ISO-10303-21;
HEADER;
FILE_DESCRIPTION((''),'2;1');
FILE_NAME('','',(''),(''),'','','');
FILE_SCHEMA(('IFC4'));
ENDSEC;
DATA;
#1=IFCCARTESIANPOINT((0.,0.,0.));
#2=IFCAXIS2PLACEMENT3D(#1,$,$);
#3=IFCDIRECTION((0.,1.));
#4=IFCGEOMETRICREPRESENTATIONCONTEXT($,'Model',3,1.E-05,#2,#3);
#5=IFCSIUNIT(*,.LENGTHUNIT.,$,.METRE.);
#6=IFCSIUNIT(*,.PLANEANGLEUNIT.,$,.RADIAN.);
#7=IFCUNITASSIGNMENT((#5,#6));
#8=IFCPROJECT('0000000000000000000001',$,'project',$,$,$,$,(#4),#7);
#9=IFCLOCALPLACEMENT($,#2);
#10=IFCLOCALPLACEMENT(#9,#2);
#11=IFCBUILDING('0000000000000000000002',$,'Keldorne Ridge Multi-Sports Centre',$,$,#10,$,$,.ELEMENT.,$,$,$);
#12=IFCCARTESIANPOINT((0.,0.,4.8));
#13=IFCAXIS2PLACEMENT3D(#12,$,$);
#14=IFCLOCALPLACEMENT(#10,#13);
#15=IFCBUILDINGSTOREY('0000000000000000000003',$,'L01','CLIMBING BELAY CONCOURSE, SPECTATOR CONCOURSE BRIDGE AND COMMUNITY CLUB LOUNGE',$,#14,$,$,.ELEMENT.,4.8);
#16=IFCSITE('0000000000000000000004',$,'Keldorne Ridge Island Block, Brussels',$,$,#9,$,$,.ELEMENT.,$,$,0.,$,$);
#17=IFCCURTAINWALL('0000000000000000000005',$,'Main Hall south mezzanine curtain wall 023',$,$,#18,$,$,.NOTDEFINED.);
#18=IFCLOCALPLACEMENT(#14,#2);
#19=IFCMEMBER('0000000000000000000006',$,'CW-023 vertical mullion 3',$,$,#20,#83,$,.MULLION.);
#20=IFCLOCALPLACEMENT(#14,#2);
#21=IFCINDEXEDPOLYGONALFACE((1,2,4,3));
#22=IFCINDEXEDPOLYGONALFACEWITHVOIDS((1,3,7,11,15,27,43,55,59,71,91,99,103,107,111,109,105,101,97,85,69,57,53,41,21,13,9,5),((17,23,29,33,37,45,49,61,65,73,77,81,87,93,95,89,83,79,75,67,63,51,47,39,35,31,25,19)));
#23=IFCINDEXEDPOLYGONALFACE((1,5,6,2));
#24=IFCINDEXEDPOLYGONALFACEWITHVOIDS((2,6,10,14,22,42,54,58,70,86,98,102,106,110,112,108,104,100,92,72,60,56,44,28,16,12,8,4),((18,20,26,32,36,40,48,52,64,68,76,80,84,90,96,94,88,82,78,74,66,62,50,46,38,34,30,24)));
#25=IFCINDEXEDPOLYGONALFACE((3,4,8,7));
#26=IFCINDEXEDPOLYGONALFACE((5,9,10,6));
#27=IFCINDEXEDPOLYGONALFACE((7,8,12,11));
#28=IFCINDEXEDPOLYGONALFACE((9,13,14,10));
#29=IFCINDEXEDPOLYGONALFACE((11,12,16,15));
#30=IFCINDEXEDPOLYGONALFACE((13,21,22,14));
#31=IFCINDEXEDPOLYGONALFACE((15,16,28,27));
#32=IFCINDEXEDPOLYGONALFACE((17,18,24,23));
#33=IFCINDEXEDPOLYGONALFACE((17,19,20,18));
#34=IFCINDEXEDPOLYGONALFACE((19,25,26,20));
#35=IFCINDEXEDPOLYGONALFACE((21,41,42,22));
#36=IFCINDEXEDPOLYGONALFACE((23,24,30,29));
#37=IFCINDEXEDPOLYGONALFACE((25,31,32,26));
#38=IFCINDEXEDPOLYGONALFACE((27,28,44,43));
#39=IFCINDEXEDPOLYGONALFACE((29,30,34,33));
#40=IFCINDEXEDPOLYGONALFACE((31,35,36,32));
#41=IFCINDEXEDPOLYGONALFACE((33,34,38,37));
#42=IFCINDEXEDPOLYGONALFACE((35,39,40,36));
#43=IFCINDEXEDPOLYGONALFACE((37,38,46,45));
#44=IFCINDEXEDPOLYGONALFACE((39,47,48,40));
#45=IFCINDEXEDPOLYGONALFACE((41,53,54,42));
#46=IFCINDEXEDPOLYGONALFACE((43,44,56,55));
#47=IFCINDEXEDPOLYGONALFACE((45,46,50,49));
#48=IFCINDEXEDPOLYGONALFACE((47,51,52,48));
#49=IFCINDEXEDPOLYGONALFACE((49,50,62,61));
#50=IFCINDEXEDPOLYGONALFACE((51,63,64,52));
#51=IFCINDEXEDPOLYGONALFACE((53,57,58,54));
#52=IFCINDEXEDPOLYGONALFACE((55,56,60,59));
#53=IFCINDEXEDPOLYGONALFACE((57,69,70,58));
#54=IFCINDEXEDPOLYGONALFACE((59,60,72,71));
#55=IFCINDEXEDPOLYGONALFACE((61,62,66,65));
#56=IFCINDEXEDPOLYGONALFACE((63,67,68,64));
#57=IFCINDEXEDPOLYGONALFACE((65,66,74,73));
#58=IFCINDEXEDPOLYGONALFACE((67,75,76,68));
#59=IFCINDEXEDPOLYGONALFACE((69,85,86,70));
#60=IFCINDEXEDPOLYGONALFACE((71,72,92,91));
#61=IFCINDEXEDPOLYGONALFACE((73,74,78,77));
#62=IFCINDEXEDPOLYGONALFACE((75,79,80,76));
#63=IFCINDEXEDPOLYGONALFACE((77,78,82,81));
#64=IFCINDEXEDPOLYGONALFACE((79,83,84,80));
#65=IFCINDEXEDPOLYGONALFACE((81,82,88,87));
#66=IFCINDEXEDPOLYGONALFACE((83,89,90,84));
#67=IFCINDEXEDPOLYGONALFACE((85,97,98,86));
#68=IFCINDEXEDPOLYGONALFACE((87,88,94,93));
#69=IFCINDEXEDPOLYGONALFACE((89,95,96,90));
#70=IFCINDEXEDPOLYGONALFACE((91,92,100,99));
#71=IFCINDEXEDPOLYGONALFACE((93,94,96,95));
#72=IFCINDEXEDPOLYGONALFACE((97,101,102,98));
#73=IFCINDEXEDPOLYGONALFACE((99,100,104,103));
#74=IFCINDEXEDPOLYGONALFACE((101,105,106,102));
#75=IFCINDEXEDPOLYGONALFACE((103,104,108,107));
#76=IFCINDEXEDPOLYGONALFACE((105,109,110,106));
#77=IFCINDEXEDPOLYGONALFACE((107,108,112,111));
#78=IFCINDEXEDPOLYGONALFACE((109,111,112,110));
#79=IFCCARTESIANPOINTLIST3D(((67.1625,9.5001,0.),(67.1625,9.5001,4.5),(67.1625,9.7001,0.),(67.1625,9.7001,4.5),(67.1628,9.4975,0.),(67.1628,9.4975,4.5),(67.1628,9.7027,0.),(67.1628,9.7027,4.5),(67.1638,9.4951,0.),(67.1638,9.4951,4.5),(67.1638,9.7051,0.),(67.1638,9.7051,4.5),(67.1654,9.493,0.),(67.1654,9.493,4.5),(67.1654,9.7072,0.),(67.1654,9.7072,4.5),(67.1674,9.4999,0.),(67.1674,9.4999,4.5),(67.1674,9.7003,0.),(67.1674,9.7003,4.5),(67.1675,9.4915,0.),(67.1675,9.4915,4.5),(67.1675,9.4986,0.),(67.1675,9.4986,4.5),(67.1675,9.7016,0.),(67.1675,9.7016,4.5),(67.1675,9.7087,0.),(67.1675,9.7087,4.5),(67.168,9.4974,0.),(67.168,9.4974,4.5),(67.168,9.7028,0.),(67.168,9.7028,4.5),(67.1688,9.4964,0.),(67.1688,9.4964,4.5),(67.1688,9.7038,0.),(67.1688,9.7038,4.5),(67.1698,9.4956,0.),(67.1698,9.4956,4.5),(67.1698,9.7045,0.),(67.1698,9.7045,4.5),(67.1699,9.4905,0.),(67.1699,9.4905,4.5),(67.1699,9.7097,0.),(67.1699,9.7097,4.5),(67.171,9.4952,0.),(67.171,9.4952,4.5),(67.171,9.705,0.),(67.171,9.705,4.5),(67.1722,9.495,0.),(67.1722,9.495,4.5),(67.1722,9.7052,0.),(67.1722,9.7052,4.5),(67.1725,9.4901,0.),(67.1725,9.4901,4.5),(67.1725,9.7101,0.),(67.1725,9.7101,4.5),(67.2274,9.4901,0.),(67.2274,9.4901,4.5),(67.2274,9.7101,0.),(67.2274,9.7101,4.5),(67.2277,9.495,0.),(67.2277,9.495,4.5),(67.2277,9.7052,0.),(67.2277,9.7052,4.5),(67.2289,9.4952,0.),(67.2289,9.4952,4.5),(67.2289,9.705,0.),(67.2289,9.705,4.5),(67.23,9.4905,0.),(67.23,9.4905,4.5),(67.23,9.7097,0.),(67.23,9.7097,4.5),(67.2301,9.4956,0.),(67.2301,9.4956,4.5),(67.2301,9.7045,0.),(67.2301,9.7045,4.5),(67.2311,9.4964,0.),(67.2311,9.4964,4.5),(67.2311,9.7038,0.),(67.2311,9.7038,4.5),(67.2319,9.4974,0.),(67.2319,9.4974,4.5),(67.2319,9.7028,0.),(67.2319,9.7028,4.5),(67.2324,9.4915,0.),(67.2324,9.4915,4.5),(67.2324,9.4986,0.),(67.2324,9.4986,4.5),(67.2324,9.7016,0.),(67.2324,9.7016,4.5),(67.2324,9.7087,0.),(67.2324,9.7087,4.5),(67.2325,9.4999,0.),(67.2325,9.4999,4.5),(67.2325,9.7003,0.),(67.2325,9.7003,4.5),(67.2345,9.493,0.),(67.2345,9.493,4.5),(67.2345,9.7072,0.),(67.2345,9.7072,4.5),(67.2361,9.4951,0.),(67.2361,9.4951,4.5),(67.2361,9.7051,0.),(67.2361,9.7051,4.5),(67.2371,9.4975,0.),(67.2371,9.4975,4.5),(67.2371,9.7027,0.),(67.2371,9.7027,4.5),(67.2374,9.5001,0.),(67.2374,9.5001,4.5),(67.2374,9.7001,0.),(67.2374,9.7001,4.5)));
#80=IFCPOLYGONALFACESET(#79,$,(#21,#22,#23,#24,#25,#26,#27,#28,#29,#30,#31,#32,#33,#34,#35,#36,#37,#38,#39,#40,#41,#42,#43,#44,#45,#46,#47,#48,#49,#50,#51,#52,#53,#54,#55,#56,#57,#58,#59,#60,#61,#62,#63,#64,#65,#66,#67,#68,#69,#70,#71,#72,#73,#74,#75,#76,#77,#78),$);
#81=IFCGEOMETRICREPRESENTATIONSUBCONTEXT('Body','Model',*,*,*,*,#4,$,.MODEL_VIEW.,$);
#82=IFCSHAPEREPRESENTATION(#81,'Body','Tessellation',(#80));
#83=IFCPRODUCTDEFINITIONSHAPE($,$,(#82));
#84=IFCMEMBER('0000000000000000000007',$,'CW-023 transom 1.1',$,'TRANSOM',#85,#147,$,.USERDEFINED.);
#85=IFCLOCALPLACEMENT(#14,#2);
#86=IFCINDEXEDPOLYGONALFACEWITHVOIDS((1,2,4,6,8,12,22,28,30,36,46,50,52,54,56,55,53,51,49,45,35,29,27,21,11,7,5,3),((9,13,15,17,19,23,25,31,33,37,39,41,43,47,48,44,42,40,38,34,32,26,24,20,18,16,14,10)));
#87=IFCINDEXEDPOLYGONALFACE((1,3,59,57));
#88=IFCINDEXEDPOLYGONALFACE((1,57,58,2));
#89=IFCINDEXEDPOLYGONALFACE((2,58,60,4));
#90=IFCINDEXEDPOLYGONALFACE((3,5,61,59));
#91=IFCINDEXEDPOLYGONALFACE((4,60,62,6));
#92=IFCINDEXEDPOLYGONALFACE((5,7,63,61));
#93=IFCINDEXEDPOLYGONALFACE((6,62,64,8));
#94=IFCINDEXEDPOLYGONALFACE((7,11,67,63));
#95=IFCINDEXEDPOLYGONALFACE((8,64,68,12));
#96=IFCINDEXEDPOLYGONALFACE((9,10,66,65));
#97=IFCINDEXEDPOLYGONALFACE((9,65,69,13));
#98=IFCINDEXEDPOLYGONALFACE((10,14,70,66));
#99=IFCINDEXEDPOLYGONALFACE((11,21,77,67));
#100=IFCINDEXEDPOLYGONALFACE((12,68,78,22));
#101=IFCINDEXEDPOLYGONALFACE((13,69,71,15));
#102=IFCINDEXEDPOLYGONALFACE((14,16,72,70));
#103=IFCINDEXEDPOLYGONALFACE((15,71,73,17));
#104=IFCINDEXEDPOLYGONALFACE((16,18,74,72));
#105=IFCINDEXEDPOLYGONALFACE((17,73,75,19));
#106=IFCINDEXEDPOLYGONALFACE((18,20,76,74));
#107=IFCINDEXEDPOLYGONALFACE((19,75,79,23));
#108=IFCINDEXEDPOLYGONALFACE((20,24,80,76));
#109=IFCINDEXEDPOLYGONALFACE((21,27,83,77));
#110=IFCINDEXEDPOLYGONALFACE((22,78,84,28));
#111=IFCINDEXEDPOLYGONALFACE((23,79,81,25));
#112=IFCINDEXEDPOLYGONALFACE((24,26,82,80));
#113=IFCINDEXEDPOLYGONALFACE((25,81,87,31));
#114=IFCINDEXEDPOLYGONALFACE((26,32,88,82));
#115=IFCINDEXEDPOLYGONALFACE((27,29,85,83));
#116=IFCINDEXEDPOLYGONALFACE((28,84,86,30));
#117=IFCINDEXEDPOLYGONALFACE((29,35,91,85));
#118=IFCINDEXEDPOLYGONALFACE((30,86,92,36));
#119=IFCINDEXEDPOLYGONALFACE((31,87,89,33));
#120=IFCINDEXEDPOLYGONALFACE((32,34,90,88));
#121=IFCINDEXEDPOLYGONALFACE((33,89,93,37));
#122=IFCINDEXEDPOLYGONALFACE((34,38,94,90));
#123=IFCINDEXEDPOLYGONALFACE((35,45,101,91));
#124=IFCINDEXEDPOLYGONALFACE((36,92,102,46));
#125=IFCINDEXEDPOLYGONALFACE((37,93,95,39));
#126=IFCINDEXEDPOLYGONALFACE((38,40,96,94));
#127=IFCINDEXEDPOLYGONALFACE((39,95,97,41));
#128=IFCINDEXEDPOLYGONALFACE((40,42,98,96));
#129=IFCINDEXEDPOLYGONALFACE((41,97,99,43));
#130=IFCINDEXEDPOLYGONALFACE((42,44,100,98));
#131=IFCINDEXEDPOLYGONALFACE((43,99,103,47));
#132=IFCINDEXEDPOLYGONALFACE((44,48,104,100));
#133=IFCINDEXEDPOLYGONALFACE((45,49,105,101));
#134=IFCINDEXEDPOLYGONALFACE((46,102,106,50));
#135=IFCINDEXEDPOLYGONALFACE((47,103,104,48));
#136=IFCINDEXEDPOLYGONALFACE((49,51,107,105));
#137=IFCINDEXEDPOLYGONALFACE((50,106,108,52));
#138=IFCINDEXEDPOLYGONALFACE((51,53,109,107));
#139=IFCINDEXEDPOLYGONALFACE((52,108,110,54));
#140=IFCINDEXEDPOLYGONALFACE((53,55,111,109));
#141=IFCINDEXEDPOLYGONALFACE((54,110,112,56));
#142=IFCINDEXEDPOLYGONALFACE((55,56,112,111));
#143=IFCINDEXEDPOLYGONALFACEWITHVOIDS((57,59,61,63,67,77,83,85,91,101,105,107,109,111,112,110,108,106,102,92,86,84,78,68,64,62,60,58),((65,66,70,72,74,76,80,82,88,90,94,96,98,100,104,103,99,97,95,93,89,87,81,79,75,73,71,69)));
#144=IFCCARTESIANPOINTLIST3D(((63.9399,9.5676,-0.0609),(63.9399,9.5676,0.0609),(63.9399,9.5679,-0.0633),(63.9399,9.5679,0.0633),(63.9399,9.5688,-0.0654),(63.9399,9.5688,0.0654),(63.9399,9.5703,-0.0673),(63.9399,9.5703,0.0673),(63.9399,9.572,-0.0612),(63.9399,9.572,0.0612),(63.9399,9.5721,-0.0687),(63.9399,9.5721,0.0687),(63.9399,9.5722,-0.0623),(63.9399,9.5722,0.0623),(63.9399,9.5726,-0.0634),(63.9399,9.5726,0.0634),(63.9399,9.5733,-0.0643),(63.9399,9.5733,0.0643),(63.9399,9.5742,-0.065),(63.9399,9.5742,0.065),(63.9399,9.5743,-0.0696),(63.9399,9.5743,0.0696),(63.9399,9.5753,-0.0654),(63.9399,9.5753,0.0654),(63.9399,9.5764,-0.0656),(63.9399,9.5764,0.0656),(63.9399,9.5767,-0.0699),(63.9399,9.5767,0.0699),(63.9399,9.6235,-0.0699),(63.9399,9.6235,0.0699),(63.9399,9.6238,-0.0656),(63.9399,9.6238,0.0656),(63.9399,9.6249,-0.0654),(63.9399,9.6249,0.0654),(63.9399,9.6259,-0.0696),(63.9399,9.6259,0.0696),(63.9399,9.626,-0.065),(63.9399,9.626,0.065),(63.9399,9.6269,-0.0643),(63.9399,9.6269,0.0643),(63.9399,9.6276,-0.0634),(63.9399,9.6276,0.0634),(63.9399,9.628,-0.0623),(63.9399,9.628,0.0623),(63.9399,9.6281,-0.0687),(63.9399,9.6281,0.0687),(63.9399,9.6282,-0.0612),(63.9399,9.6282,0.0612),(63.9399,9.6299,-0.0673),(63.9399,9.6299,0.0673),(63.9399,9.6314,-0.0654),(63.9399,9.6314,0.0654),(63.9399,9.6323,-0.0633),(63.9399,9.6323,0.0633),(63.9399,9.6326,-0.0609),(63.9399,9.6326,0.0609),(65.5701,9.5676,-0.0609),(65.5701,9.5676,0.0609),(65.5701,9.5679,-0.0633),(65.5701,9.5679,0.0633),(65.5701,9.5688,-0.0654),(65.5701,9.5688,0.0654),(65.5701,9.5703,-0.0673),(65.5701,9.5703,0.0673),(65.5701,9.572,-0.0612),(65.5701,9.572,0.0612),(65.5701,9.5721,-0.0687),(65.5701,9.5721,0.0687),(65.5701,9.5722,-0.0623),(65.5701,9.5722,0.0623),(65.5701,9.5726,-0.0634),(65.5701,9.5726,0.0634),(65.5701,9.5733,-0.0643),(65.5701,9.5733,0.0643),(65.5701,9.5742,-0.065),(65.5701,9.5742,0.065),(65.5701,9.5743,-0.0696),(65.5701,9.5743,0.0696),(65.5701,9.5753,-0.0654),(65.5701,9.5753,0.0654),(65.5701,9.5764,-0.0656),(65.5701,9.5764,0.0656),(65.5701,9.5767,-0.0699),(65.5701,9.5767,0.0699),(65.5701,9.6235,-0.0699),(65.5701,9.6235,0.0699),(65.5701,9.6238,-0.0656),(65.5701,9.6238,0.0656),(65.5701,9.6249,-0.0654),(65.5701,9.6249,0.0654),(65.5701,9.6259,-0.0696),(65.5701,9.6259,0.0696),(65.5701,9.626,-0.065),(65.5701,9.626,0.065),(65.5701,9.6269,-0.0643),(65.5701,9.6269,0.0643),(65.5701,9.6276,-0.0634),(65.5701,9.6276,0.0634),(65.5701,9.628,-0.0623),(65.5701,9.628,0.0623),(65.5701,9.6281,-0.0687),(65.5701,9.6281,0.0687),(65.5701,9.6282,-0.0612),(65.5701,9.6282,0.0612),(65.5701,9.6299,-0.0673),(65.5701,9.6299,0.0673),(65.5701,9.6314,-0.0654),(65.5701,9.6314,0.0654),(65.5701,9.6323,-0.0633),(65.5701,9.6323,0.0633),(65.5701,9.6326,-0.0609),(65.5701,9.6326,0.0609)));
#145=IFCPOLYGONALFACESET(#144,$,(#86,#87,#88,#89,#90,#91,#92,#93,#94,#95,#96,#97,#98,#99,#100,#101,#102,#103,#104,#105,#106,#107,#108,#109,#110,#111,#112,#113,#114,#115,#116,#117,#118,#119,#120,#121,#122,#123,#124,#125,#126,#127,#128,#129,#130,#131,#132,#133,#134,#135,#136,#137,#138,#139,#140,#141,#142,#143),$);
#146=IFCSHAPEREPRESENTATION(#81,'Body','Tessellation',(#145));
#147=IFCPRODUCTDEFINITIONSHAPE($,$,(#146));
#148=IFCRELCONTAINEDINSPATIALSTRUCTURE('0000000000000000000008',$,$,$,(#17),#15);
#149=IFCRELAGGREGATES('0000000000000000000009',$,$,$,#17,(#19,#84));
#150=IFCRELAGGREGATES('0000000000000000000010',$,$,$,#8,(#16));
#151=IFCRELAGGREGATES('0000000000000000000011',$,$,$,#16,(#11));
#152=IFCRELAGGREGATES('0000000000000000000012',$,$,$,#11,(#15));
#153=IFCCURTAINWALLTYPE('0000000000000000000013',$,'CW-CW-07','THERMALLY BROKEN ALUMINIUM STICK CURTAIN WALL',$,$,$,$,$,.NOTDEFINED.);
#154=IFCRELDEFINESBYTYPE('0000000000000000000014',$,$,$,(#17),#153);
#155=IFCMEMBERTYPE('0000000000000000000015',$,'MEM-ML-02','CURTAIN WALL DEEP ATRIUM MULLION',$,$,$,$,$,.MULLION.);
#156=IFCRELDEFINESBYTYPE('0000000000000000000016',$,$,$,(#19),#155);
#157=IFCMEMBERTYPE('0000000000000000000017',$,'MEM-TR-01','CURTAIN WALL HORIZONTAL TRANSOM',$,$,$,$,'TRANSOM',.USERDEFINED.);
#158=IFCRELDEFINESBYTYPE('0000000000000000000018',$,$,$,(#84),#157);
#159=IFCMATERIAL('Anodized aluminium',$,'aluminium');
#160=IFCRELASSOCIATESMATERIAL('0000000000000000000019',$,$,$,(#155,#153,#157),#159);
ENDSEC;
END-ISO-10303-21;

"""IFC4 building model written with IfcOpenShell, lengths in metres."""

from ifc_helpers import new_model, si_unit, direction, frame, origin, origin_2d, place, context, subcontext, project, spatial, hollow_rectangle, extrude, material, material_profile, profile_set, type_object, element, aggregate, save


model = new_model("IFC4")

# Units and contexts
model_context = context("Model", 3, precision=1e-05, world=origin(), true_north=direction((0.0, 1.0)))
body_context = subcontext(model_context, "Body", "Model", "MODEL_VIEW")
ifc_project = project(units=[si_unit("LENGTHUNIT", "METRE"), si_unit("PLANEANGLEUNIT", "RADIAN")], contexts=[model_context])

# Site, building, storey
site_placement = place(None, origin())
site = spatial("IfcSite", under=ifc_project, at=site_placement, Name="Keldorne Ridge Island Block, Brussels", CompositionType="ELEMENT", RefElevation=0.0)
building_placement = place(site_placement, origin())
building = spatial("IfcBuilding", under=site, at=building_placement, Name="Keldorne Ridge Multi-Sports Centre", CompositionType="ELEMENT")
storey_placement = place(building_placement, frame((0.0, 0.0, 4.8)))
storey = spatial("IfcBuildingStorey", under=building, at=storey_placement, Name="L01", Description="CLIMBING BELAY CONCOURSE, SPECTATOR CONCOURSE BRIDGE AND COMMUNITY CLUB LOUNGE", CompositionType="ELEMENT", Elevation=4.8)

# Shared definitions
ifc_material_1 = material(Name="Anodized aluminium", Category="aluminium")
ifc_material_profile_1 = material_profile(ifc_material_1, hollow_rectangle(XDim=0.075, YDim=0.22, WallThickness=0.0049, InnerFilletRadius=0.0049, OuterFilletRadius=0.01, at=origin_2d()), Name="ALU MULLION 220x75x5")
ifc_profile_set_1 = profile_set([ifc_material_profile_1], Name="Anodized aluminium")
member_type_1 = type_object("IfcMemberType", Name="MEM-ML-02", Description="CURTAIN WALL DEEP ATRIUM MULLION", PredefinedType="MULLION", material=ifc_profile_set_1)

# Curtain wall, members
curtain_wall_type_1 = type_object("IfcCurtainWallType", Name="CW-CW-07", Description="THERMALLY BROKEN ALUMINIUM STICK CURTAIN WALL", PredefinedType="NOTDEFINED", material=ifc_material_1)
curtain_wall_1_placement = place(storey_placement, origin())
curtain_wall_1 = element("IfcCurtainWall", 1, at=curtain_wall_1_placement, inside=storey, type_object=curtain_wall_type_1, Name="Main Hall south mezzanine curtain wall 023", PredefinedType="NOTDEFINED")
member_1_placement = place(storey_placement, frame((67.2, 9.6001, 0.0), z_axis=(0.0, 0.0, 1.0), x_axis=(1.0, 0.0, 0.0)))
member_1 = element("IfcMember", 2, at=member_1_placement, type_object=member_type_1, Name="CW-023 vertical mullion 3", PredefinedType="MULLION", context=body_context, shape_type="SweptSolid", body=[
    extrude(hollow_rectangle(XDim=0.075, YDim=0.22, WallThickness=0.0049, InnerFilletRadius=0.0049, OuterFilletRadius=0.01, at=origin_2d()), origin(), (0.0, 0.0, 1.0), 4.5),
])
ifc_material_profile_2 = material_profile(ifc_material_1, hollow_rectangle(XDim=0.0649, YDim=0.1399, WallThickness=0.0044, InnerFilletRadius=0.0044, OuterFilletRadius=0.009, at=origin_2d()), Name="ALU TRANSOM 140x65x4.5")
ifc_profile_set_2 = profile_set([ifc_material_profile_2], Name="Anodized aluminium")
member_type_2 = type_object("IfcMemberType", Name="MEM-TR-01", Description="CURTAIN WALL HORIZONTAL TRANSOM", ElementType="TRANSOM", PredefinedType="USERDEFINED", material=ifc_profile_set_2)
member_2_placement = place(storey_placement, frame((63.9399, 9.6001, 0.0), z_axis=(1.0, 0.0, 0.0), x_axis=(0.0, 1.0, 0.0)))
member_2 = element("IfcMember", 3, at=member_2_placement, type_object=member_type_2, Name="CW-023 transom 1.1", ObjectType="TRANSOM", PredefinedType="USERDEFINED", context=body_context, shape_type="SweptSolid", body=[
    extrude(hollow_rectangle(XDim=0.0649, YDim=0.1399, WallThickness=0.0044, InnerFilletRadius=0.0044, OuterFilletRadius=0.009, at=origin_2d()), origin(), (0.0, 0.0, 1.0), 1.6301),
])

aggregate(curtain_wall_1, [member_1, member_2])

save(model, "model.ifc")
